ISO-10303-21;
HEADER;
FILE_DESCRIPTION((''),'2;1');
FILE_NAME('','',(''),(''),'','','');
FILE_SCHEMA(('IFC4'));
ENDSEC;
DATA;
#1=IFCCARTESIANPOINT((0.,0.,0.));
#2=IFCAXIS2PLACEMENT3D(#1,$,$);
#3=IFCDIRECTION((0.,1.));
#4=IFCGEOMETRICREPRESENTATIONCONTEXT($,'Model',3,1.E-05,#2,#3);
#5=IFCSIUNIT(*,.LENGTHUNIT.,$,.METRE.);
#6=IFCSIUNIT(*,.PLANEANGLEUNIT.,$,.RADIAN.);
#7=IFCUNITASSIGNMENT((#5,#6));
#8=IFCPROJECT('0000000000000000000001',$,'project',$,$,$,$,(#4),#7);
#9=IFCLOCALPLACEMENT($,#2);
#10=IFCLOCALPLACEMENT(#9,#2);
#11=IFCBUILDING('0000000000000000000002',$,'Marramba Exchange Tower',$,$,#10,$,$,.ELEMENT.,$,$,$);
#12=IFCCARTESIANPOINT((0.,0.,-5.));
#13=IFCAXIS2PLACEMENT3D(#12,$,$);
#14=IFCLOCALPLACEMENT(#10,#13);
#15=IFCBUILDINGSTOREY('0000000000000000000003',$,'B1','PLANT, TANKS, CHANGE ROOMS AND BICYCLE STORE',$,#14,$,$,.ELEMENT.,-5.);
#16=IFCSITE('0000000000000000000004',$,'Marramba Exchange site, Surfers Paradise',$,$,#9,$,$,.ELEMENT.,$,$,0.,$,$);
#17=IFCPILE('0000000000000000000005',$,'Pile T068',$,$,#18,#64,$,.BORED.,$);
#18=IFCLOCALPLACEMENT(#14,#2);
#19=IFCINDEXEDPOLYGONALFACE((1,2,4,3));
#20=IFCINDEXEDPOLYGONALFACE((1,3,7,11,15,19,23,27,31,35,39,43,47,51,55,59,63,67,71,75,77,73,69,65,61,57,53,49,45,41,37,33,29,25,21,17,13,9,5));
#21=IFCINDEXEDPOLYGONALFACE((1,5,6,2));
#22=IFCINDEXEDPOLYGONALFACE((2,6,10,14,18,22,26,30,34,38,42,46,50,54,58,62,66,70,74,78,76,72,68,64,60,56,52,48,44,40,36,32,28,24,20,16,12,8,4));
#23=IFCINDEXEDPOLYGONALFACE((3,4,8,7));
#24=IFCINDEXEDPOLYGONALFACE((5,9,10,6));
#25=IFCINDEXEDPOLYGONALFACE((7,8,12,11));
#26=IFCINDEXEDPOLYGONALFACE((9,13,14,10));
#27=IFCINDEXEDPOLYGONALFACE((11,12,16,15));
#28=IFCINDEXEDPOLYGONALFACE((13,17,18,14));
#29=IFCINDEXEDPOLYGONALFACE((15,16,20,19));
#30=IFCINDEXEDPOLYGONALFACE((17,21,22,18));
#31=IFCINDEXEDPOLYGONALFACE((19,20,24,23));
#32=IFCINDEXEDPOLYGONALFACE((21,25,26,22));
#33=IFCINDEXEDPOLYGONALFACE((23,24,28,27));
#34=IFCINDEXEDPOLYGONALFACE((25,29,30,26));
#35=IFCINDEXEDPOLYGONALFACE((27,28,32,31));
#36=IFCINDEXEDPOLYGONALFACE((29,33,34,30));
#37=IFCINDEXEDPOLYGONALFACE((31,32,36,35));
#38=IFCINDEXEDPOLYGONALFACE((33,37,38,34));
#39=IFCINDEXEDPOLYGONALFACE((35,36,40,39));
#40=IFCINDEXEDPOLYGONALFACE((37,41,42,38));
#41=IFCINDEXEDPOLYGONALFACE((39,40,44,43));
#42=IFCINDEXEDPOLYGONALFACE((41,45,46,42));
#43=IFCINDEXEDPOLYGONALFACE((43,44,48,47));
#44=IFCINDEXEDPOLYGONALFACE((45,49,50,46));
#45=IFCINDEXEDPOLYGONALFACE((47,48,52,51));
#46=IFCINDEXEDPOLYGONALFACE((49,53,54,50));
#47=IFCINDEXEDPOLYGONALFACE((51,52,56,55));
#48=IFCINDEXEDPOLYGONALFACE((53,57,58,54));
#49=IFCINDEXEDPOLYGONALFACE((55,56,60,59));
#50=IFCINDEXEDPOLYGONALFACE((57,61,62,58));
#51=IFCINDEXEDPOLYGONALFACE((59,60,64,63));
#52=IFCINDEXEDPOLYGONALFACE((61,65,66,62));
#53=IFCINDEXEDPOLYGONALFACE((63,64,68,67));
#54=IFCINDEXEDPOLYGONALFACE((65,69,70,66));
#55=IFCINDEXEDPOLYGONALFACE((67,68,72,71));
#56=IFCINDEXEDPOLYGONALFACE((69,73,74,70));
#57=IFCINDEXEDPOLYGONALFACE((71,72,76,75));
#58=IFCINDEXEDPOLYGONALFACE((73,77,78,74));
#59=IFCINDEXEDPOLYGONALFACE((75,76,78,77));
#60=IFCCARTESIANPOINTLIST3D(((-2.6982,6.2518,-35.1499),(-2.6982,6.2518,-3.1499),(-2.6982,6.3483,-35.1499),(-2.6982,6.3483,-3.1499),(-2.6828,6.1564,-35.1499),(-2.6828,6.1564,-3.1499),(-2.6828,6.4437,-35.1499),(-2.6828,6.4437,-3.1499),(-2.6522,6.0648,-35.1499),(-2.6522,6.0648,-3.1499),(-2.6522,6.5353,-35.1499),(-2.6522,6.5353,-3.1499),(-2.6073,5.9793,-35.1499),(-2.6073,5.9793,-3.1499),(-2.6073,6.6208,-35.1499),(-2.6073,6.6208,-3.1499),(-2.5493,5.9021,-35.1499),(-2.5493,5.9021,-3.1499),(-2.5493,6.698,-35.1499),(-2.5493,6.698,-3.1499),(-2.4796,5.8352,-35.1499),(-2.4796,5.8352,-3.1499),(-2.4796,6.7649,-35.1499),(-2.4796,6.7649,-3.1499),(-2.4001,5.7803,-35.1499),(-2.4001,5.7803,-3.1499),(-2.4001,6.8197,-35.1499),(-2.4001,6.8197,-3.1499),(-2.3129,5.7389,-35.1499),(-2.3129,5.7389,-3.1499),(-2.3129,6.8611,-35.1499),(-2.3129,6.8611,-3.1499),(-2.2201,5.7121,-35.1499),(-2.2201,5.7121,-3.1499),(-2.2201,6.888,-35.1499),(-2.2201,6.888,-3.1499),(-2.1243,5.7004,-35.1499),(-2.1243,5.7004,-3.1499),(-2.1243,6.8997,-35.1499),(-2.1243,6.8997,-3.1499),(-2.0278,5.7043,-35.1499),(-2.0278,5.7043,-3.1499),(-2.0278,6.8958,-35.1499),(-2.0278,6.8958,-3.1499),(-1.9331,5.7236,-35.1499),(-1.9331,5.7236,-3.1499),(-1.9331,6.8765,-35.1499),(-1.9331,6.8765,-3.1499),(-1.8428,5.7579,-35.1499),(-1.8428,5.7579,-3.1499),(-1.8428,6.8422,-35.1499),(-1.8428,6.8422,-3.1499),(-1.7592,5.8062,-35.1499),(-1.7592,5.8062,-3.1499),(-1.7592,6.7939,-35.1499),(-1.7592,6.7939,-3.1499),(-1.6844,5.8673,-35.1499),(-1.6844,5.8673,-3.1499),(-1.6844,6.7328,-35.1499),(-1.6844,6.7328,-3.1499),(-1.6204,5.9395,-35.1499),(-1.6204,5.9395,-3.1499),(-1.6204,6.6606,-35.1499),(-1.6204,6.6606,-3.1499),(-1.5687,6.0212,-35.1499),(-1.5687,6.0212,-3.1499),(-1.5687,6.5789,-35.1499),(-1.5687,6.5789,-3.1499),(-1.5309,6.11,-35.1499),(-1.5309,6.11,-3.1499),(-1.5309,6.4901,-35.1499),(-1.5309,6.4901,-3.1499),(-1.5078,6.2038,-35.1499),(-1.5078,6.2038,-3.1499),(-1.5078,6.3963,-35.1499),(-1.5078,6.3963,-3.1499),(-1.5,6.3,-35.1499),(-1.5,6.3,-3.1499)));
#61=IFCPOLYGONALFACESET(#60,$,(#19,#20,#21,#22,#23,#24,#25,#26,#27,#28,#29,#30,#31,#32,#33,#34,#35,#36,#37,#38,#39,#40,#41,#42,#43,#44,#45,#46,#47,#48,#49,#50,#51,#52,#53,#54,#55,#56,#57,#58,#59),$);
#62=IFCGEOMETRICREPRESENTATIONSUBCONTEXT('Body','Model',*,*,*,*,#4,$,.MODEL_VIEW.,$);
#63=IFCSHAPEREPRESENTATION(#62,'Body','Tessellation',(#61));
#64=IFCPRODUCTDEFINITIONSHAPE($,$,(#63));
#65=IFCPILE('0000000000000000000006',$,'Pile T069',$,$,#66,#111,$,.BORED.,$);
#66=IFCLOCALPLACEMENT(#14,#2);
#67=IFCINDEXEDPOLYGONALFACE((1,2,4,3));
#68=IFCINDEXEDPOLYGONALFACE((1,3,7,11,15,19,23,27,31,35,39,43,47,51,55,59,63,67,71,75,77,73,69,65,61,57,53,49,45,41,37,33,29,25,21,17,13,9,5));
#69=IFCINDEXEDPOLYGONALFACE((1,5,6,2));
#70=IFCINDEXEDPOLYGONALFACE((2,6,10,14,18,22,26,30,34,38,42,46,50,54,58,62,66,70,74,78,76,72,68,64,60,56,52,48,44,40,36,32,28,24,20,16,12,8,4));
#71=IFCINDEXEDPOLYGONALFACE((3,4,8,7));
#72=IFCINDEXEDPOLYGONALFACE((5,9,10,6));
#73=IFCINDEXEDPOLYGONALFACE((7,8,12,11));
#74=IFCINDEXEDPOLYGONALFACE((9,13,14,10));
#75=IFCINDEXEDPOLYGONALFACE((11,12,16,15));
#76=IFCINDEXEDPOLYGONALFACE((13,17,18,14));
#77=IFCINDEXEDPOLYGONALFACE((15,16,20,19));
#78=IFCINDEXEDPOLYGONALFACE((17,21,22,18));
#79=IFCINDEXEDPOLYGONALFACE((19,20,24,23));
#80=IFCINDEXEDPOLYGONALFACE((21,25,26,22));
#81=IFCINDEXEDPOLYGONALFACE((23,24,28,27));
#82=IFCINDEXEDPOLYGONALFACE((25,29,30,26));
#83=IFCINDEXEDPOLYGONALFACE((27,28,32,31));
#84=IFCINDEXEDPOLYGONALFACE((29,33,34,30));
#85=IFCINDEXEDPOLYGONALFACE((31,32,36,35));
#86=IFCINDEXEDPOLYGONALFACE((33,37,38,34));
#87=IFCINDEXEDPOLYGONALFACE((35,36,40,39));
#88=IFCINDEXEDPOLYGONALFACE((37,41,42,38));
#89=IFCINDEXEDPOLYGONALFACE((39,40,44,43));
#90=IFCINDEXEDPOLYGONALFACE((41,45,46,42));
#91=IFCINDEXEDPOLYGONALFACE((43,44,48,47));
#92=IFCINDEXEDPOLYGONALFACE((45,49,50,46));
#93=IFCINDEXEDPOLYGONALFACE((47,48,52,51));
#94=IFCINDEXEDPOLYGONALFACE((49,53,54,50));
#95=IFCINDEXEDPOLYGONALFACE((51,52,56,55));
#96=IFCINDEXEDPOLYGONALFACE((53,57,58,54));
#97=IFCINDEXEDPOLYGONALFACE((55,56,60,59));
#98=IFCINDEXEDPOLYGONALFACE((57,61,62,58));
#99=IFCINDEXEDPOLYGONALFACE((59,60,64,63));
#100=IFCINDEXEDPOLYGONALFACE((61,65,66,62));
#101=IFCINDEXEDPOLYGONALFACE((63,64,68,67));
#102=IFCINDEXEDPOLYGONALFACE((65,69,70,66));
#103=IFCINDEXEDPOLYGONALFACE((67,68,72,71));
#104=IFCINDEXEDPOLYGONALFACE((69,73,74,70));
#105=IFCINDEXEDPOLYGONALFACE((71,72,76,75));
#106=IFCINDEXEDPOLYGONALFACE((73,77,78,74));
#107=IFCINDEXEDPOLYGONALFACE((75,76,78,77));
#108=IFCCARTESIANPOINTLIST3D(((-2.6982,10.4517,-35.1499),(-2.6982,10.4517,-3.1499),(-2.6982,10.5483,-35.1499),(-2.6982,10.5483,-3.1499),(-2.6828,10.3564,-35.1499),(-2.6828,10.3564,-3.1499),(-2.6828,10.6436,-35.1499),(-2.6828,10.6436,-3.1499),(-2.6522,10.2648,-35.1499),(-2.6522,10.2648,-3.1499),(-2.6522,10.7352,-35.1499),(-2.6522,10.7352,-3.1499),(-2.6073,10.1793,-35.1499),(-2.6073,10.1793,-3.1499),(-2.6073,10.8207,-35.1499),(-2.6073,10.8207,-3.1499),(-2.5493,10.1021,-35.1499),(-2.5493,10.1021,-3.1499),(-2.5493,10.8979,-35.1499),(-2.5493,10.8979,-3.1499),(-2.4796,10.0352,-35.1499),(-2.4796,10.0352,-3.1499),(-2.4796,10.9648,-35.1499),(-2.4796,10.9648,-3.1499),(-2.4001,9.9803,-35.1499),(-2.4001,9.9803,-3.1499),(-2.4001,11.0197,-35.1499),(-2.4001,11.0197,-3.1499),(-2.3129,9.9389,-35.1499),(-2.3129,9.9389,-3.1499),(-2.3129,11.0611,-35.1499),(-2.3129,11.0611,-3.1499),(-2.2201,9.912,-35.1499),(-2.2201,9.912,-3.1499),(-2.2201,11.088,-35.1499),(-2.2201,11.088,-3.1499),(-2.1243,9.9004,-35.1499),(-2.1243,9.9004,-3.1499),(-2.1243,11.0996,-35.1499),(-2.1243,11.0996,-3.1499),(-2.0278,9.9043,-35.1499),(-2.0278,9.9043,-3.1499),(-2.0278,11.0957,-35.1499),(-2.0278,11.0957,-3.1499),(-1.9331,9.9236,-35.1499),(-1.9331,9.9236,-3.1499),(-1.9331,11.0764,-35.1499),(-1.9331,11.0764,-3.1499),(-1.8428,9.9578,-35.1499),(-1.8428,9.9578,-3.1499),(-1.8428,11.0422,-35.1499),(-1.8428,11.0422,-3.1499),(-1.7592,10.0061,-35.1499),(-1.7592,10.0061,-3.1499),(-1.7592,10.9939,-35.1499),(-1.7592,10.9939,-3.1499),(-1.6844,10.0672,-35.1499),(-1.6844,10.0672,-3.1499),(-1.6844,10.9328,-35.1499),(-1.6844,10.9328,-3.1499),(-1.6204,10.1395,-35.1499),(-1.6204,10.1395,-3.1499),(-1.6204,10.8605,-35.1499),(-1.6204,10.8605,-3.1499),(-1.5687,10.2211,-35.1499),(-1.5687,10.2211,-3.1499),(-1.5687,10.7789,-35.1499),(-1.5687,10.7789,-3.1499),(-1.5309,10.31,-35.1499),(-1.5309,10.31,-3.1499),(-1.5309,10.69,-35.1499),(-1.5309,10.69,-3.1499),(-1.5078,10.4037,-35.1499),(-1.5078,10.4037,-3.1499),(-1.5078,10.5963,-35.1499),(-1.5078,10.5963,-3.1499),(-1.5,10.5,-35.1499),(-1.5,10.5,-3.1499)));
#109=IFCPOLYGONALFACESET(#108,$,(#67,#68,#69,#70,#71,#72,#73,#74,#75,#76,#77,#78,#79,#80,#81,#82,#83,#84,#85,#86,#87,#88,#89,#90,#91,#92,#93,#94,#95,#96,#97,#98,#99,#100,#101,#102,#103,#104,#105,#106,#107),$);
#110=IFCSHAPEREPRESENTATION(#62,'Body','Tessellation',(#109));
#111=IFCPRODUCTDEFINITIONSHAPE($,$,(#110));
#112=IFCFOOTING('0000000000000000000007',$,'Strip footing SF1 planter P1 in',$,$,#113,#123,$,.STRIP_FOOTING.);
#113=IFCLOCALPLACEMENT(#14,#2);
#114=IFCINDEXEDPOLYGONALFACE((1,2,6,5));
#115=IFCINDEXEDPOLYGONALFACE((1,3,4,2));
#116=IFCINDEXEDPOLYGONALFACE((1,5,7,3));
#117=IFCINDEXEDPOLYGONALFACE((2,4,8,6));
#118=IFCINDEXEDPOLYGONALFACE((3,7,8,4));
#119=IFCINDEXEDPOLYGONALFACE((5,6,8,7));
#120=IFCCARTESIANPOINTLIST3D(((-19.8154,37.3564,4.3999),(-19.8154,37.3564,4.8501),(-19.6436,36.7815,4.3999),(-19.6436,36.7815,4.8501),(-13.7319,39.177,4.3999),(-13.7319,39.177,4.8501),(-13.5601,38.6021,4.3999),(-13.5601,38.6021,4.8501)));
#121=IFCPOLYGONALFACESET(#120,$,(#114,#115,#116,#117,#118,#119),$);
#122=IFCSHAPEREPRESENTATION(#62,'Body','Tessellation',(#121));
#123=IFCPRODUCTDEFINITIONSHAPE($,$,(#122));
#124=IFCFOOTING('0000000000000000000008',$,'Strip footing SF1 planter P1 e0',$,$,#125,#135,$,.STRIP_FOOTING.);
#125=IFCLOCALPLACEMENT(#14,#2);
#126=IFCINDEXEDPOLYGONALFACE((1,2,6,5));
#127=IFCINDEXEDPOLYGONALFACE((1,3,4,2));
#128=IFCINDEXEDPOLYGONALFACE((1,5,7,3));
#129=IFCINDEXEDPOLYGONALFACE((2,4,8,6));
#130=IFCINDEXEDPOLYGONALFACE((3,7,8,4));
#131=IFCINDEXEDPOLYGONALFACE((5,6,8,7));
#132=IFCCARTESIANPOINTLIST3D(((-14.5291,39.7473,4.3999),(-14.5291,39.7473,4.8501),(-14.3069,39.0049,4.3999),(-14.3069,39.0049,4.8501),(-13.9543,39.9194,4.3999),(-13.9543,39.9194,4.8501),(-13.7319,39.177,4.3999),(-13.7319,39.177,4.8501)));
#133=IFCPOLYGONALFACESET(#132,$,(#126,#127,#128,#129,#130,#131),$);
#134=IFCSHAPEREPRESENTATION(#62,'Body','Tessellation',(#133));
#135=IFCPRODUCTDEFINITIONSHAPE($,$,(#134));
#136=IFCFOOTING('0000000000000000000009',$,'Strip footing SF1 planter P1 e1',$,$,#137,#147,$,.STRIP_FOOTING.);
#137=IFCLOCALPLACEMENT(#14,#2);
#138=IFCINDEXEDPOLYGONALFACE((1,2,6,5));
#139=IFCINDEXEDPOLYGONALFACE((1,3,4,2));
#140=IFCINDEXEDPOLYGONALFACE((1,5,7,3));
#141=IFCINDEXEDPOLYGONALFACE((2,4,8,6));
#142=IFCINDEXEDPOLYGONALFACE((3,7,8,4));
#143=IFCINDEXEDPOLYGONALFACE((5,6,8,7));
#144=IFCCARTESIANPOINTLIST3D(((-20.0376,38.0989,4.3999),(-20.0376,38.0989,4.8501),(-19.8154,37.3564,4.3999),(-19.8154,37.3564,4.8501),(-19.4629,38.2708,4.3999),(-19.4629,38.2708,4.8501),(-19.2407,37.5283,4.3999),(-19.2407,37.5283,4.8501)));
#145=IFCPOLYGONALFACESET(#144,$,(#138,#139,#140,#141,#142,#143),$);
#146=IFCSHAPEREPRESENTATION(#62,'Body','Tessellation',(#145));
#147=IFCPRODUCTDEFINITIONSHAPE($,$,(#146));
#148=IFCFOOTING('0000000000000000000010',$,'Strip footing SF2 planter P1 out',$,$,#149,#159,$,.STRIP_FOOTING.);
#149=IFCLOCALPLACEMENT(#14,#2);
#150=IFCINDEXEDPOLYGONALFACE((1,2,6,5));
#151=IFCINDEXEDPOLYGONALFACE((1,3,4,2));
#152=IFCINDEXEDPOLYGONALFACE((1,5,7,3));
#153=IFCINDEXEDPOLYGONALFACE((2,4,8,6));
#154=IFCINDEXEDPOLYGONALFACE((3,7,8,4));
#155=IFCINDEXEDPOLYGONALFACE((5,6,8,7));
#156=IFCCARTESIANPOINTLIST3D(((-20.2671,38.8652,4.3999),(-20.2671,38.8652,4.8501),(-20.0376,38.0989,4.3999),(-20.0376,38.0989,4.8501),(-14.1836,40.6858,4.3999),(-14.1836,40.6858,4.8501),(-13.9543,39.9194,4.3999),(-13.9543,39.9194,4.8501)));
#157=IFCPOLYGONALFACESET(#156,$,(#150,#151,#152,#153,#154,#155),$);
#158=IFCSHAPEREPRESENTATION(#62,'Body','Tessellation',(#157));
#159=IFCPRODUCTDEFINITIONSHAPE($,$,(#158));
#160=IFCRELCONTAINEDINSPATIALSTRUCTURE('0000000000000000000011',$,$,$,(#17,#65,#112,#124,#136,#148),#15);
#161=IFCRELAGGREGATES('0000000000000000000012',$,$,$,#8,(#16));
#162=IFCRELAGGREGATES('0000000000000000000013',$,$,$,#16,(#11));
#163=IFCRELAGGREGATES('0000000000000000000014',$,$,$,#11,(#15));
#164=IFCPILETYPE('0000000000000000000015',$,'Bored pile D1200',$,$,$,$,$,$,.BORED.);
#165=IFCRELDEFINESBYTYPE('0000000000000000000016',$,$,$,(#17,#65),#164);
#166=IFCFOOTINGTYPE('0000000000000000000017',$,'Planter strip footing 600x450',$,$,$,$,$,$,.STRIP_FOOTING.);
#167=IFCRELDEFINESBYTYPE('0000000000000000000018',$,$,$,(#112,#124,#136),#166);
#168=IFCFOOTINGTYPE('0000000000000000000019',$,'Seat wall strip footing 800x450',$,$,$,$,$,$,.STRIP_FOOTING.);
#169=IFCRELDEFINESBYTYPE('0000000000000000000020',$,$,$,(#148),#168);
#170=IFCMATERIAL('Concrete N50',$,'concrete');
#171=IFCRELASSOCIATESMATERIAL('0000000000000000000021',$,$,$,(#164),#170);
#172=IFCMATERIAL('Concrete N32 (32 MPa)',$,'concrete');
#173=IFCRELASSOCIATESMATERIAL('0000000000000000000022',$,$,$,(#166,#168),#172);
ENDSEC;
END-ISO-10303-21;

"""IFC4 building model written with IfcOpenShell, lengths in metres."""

from ifc_helpers import new_model, si_unit, direction, frame, origin, origin_2d, place, context, subcontext, project, spatial, polyline, circle, outline, extrude, material, material_profile, profile_set, type_object, element, save


model = new_model("IFC4")

# Units and contexts
model_context = context("Model", 3, precision=1e-05, world=origin(), true_north=direction((0.0, 1.0)))
body_context = subcontext(model_context, "Body", "Model", "MODEL_VIEW")
ifc_project = project(units=[si_unit("LENGTHUNIT", "METRE"), si_unit("PLANEANGLEUNIT", "RADIAN")], contexts=[model_context])

# Site, building, storey
site_placement = place(None, origin())
site = spatial("IfcSite", under=ifc_project, at=site_placement, Name="Marramba Exchange site, Surfers Paradise", CompositionType="ELEMENT", RefElevation=0.0)
building_placement = place(site_placement, origin())
building = spatial("IfcBuilding", under=site, at=building_placement, Name="Marramba Exchange Tower", CompositionType="ELEMENT")
storey_placement = place(building_placement, frame((0.0, 0.0, -5.0)))
storey = spatial("IfcBuildingStorey", under=building, at=storey_placement, Name="B1", Description="PLANT, TANKS, CHANGE ROOMS AND BICYCLE STORE", CompositionType="ELEMENT", Elevation=-5.0)

# Piles
ifc_material_1 = material(Name="Concrete N50", Category="concrete")
ifc_material_profile = material_profile(ifc_material_1, circle(Radius=0.6001, at=origin_2d()), Name="BP D1200")
ifc_profile_set = profile_set([ifc_material_profile], Name="Concrete N50")
pile_type = type_object("IfcPileType", Name="Bored pile D1200", PredefinedType="BORED", material=ifc_profile_set)
for number, where, z_axis, x_axis, name in (
    (1, (-2.1001, 6.3, -3.1499), (0.0, 0.0, -1.0), (1.0, 0.0, 0.0), "Pile T068"),
    (2, (-2.1001, 10.5, -3.1499), (0.0, 0.0, -1.0), (1.0, 0.0, 0.0), "Pile T069"),
):
    element("IfcPile", number, at=place(storey_placement, frame(where, z_axis=z_axis, x_axis=x_axis)), inside=storey, type_object=pile_type, Name=name, PredefinedType="BORED", context=body_context, shape_type="SweptSolid", body=[
        extrude(circle(Radius=0.6001, at=origin_2d()), origin(), (0.0, 0.0, 1.0), 32.0),
    ])

# Footings
ifc_material_2 = material(Name="Concrete N32 (32 MPa)", Category="concrete")
footing_type_1 = type_object("IfcFootingType", Name="Planter strip footing 600x450", PredefinedType="STRIP_FOOTING", material=ifc_material_2)
footing_1_placement = place(storey_placement, frame((0.0, 0.0, 4.3999)))
element("IfcFooting", 3, at=footing_1_placement, inside=storey, type_object=footing_type_1, Name="Strip footing SF1 planter P1 in", PredefinedType="STRIP_FOOTING", context=body_context, shape_type="SweptSolid", body=[
    extrude(outline(polyline([(-13.5601, 38.6021), (-19.6436, 36.7815), (-19.8154, 37.3564), (-13.7319, 39.177), (-13.5601, 38.6021)])), origin(), (0.0, 0.0, 1.0), 0.4502),
])
footing_2_placement = place(storey_placement, frame((0.0, 0.0, 4.3999)))
element("IfcFooting", 4, at=footing_2_placement, inside=storey, type_object=footing_type_1, Name="Strip footing SF1 planter P1 e0", PredefinedType="STRIP_FOOTING", context=body_context, shape_type="SweptSolid", body=[
    extrude(outline(polyline([(-13.7319, 39.177), (-14.3069, 39.0049), (-14.5291, 39.7473), (-13.9543, 39.9194), (-13.7319, 39.177)])), origin(), (0.0, 0.0, 1.0), 0.4502),
])
footing_3_placement = place(storey_placement, frame((0.0, 0.0, 4.3999)))
element("IfcFooting", 5, at=footing_3_placement, inside=storey, type_object=footing_type_1, Name="Strip footing SF1 planter P1 e1", PredefinedType="STRIP_FOOTING", context=body_context, shape_type="SweptSolid", body=[
    extrude(outline(polyline([(-19.2407, 37.5283), (-19.8154, 37.3564), (-20.0376, 38.0989), (-19.4629, 38.2708), (-19.2407, 37.5283)])), origin(), (0.0, 0.0, 1.0), 0.4502),
])
footing_type_2 = type_object("IfcFootingType", Name="Seat wall strip footing 800x450", PredefinedType="STRIP_FOOTING", material=ifc_material_2)
footing_4_placement = place(storey_placement, frame((0.0, 0.0, 4.3999)))
element("IfcFooting", 6, at=footing_4_placement, inside=storey, type_object=footing_type_2, Name="Strip footing SF2 planter P1 out", PredefinedType="STRIP_FOOTING", context=body_context, shape_type="SweptSolid", body=[
    extrude(outline(polyline([(-13.9543, 39.9194), (-20.0376, 38.0989), (-20.2671, 38.8652), (-14.1836, 40.6858), (-13.9543, 39.9194)])), origin(), (0.0, 0.0, 1.0), 0.4502),
])

save(model, "model.ifc")
